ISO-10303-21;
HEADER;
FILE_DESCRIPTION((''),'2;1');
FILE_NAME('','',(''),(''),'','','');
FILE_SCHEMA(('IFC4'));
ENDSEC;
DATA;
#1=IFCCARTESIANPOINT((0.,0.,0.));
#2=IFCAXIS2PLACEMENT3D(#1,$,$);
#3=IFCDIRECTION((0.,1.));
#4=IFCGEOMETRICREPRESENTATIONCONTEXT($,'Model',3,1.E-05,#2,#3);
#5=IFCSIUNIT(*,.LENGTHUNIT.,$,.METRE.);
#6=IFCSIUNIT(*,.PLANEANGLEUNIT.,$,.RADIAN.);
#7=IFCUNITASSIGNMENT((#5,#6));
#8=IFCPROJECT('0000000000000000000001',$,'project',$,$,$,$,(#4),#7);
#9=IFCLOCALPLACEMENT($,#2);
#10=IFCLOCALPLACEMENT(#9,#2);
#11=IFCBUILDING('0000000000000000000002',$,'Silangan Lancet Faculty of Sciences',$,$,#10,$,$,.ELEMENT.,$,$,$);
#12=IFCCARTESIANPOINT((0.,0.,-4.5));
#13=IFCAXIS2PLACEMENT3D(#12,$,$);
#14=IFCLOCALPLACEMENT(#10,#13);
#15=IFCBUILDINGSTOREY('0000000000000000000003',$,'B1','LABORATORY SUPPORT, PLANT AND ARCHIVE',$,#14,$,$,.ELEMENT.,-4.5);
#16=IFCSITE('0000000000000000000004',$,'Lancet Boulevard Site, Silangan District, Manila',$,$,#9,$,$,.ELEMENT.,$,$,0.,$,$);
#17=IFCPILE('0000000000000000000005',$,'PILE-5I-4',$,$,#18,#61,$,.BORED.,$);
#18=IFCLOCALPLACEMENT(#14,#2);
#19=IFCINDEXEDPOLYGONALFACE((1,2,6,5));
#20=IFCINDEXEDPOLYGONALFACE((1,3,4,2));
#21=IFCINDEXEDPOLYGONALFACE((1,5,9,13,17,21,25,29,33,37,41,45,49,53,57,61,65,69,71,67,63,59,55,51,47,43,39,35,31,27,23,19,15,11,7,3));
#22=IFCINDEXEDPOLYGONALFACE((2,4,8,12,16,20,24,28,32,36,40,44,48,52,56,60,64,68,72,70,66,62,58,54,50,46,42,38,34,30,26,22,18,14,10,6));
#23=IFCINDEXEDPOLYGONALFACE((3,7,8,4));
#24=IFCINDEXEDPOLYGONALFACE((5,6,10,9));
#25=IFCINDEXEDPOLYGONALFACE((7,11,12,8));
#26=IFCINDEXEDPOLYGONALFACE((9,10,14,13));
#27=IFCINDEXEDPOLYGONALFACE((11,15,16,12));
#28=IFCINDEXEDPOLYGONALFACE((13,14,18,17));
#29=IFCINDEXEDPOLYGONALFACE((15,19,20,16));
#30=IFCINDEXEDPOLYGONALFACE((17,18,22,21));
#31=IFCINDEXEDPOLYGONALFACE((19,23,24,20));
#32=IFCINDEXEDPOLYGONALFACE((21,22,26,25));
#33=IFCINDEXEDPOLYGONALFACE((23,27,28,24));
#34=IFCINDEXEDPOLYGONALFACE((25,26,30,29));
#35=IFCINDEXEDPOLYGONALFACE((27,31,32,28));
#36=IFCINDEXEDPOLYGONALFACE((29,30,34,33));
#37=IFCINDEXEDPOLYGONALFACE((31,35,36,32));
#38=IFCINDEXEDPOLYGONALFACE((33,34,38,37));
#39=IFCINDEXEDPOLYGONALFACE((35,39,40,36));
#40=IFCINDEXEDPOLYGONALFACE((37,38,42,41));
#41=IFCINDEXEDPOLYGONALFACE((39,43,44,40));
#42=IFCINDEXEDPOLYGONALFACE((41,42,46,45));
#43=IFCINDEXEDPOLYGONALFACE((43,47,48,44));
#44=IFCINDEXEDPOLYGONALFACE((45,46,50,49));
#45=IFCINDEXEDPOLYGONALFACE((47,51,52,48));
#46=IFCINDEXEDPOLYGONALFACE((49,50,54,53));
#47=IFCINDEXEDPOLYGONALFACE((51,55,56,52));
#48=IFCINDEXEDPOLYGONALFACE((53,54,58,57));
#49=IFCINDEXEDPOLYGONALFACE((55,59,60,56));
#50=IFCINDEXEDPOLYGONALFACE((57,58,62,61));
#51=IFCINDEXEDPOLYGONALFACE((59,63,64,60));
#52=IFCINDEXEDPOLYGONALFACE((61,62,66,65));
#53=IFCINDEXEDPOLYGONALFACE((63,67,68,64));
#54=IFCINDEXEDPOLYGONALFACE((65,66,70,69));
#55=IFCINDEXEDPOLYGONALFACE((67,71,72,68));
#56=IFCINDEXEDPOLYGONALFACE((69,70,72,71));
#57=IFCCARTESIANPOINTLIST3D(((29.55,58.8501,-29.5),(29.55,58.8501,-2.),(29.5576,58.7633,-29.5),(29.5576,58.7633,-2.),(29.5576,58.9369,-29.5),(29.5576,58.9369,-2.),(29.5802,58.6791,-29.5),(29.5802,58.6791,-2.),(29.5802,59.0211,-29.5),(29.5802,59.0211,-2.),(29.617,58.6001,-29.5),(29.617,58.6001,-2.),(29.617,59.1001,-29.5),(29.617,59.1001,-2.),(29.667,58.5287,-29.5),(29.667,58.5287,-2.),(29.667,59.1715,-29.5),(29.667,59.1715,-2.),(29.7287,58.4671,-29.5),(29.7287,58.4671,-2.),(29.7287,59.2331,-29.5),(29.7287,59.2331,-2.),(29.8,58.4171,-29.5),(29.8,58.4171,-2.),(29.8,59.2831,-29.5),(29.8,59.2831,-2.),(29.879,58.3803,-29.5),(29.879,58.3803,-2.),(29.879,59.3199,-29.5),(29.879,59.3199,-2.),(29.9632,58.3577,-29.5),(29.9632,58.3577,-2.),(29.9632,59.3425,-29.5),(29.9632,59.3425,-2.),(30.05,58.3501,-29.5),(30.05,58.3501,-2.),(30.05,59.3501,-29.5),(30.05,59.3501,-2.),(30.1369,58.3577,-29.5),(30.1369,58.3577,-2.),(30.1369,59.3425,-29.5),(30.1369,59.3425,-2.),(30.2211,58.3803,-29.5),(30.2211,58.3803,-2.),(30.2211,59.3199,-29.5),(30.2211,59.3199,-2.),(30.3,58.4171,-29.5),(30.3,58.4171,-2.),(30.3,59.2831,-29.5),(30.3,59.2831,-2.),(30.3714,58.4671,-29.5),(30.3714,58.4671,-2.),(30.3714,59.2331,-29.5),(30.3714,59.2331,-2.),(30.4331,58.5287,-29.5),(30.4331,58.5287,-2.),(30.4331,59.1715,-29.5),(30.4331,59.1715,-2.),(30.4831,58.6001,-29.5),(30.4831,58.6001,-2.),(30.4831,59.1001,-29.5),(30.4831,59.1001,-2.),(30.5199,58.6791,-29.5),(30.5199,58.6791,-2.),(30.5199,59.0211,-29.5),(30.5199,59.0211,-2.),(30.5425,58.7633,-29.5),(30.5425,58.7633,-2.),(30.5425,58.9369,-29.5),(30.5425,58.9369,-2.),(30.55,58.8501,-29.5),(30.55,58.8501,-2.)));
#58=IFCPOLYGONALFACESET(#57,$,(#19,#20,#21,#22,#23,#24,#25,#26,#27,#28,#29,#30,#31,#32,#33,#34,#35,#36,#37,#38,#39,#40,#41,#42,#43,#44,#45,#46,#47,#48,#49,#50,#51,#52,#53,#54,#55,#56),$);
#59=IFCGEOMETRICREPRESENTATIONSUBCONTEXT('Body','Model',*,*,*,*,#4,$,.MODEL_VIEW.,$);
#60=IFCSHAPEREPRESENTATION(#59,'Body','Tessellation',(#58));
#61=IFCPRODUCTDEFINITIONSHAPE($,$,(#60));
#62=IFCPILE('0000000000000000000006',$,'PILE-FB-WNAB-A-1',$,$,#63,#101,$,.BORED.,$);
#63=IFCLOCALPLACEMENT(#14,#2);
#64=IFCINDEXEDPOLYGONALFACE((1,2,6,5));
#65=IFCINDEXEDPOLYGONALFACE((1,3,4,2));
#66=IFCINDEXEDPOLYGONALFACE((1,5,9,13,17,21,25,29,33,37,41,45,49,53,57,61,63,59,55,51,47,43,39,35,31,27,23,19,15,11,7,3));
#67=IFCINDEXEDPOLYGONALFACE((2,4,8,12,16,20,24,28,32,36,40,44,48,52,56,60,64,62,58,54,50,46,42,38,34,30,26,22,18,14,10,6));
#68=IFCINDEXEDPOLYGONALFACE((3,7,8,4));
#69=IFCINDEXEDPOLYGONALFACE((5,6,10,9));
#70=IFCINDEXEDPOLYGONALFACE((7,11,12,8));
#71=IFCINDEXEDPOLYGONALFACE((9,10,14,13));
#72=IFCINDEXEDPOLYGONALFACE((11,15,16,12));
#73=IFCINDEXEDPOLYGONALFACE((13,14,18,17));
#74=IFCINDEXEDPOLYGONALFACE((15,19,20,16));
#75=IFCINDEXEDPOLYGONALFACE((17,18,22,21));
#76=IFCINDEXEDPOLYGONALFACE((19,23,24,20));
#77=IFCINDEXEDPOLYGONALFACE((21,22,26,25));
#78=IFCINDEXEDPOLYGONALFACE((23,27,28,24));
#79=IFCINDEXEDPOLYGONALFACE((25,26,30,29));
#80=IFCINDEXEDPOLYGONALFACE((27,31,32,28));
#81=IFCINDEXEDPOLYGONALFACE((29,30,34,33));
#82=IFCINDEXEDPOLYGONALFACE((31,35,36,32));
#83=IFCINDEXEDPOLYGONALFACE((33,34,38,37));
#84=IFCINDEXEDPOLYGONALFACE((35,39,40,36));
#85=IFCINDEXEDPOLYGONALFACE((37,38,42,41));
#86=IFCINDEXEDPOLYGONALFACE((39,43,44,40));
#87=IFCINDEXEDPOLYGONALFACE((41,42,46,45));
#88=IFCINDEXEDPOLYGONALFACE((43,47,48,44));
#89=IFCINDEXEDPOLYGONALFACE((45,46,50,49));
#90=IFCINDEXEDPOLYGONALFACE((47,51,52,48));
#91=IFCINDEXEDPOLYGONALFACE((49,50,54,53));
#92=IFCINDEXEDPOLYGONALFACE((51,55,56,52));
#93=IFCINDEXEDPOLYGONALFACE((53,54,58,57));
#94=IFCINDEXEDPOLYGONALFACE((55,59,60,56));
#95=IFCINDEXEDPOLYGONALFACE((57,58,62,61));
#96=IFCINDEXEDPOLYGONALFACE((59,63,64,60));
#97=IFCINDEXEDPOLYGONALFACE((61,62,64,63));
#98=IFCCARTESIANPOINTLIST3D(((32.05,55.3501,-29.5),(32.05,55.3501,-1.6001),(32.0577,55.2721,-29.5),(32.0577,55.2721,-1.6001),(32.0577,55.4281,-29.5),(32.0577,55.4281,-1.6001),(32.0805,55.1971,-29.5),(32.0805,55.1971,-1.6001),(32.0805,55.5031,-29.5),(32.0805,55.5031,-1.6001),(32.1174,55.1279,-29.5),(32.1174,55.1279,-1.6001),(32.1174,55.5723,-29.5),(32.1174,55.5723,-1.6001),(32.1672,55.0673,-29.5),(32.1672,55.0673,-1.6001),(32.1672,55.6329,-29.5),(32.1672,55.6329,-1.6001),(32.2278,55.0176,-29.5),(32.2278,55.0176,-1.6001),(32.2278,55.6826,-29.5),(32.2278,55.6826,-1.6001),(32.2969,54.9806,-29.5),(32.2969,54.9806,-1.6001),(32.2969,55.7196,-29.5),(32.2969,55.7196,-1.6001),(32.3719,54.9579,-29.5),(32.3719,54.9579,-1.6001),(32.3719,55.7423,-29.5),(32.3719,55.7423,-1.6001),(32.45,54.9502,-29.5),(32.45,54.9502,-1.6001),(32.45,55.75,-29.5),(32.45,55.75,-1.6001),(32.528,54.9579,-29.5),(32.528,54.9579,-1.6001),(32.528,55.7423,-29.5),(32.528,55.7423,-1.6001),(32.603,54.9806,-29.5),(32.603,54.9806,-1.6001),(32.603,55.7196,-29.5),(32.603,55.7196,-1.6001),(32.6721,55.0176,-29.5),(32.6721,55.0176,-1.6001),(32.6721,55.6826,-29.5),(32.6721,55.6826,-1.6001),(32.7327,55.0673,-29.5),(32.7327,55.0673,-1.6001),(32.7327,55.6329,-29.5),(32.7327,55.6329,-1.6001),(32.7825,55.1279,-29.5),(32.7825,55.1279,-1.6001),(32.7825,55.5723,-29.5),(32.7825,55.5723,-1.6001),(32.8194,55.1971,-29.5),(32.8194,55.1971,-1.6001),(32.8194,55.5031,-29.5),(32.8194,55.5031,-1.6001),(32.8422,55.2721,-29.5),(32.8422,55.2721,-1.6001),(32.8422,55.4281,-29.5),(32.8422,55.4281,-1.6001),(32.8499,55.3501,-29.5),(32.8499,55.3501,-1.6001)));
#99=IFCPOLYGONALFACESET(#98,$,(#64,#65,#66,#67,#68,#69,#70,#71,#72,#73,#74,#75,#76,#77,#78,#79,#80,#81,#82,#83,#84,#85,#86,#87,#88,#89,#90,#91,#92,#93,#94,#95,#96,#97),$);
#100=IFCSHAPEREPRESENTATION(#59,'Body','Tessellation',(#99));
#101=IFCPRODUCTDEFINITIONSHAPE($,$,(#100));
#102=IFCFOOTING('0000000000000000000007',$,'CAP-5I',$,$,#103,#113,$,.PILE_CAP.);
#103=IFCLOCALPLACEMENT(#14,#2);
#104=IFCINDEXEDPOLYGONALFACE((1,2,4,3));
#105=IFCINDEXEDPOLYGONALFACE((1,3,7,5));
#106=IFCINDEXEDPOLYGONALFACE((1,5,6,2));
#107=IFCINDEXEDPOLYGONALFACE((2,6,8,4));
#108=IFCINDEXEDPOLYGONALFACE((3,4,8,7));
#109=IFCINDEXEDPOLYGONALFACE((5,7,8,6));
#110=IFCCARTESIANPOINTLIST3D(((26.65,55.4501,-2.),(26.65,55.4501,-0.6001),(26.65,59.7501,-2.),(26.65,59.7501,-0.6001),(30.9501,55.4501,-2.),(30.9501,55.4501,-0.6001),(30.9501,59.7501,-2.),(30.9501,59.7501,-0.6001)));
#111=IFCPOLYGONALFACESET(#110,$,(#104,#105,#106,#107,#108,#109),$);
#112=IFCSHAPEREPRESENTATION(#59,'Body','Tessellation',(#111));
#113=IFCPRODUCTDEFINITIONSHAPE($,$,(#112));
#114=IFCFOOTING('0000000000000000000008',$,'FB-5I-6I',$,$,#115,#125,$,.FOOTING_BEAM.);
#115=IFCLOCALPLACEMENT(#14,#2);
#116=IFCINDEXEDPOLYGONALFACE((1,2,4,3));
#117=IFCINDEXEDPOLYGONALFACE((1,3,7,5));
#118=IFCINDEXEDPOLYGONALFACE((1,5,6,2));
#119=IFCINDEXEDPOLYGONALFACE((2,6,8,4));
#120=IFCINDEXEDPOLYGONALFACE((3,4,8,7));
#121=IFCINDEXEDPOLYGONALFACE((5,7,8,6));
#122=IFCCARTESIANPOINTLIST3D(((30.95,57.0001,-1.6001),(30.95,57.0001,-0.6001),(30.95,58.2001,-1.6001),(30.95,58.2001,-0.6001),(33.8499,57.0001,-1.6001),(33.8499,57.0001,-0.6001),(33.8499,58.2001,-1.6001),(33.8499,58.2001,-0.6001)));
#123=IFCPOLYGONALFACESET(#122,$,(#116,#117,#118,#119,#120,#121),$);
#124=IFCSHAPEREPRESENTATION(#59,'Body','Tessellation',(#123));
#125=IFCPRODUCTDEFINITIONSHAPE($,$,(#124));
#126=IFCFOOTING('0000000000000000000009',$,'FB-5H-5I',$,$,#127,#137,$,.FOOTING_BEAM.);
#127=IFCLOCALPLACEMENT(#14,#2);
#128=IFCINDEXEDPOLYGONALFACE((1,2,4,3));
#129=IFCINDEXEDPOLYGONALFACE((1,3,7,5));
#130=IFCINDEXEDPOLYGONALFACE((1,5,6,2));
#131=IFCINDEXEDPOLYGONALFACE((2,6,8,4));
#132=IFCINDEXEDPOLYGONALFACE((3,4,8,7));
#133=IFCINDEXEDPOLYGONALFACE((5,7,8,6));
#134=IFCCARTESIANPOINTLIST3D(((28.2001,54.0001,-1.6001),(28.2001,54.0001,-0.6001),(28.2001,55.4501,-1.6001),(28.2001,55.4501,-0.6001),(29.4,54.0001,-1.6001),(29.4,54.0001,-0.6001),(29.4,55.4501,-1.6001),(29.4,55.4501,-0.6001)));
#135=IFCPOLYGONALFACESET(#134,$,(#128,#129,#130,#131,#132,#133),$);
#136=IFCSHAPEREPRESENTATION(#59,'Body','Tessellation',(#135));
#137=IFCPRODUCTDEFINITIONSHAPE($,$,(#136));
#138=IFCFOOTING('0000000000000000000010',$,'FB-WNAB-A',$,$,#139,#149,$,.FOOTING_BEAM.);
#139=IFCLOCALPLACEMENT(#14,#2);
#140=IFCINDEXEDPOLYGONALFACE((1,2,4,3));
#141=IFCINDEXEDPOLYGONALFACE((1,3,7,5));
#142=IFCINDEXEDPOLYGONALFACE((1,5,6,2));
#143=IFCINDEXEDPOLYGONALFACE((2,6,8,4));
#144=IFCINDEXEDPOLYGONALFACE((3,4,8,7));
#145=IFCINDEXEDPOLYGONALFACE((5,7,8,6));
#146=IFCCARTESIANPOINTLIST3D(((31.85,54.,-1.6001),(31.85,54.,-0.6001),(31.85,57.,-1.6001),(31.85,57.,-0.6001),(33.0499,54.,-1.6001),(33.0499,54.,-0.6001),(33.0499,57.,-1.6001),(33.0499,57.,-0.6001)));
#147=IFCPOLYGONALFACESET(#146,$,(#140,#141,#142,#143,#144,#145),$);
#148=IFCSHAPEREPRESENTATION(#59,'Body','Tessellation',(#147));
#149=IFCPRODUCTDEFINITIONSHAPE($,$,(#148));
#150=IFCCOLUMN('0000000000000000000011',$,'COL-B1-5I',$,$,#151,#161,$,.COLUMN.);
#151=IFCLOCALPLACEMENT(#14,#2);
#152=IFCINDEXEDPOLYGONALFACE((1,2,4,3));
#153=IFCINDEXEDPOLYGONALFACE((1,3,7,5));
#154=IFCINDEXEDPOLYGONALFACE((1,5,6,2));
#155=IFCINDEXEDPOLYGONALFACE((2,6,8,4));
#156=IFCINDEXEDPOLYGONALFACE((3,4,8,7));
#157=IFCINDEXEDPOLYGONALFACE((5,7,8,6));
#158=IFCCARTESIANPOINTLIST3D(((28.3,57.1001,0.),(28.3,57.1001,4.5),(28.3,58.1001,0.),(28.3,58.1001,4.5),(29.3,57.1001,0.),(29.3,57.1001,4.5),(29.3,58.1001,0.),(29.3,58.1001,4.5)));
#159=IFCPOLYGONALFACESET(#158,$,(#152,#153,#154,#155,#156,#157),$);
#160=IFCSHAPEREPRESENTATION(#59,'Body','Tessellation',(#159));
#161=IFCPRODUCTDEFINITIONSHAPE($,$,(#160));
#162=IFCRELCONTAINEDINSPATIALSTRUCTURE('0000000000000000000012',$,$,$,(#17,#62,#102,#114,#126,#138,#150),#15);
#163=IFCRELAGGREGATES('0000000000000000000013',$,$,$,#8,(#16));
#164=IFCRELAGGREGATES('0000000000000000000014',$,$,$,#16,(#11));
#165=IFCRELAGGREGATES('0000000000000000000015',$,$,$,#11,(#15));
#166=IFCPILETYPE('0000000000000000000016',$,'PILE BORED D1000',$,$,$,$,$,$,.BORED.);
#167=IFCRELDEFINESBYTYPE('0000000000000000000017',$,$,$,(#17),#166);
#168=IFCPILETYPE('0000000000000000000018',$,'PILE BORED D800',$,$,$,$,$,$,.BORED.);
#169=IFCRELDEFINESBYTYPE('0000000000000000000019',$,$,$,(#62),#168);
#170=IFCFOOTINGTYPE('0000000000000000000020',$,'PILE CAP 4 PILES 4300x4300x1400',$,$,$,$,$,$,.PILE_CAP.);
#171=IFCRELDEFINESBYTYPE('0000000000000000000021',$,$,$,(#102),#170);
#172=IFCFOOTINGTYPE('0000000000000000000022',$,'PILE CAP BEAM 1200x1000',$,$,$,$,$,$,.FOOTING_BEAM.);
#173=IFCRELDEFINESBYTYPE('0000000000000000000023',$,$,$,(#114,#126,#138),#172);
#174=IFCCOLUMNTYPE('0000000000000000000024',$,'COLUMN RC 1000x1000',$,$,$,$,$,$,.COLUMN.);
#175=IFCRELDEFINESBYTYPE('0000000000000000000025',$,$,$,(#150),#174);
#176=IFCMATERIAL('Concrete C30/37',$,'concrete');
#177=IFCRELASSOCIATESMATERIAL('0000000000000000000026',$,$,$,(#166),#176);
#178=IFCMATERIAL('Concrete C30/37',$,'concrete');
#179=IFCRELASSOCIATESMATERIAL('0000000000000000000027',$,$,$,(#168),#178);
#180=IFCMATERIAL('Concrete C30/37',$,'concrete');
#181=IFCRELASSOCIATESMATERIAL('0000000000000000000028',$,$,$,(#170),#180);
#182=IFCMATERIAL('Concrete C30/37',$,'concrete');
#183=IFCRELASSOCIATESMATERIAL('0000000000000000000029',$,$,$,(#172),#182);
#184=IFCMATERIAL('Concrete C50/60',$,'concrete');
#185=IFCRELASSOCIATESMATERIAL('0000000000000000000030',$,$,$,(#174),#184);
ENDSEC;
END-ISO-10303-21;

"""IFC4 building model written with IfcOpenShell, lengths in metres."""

from ifc_helpers import new_model, si_unit, direction, frame, origin, origin_2d, place, context, subcontext, project, spatial, rectangle, circle, extrude, material, material_profile, profile_set, type_object, element, save


model = new_model("IFC4")

# Units and contexts
model_context = context("Model", 3, precision=1e-05, world=origin(), true_north=direction((0.0, 1.0)))
body_context = subcontext(model_context, "Body", "Model", "MODEL_VIEW")
ifc_project = project(units=[si_unit("LENGTHUNIT", "METRE"), si_unit("PLANEANGLEUNIT", "RADIAN")], contexts=[model_context])

# Site, building, storey
site_placement = place(None, origin())
site = spatial("IfcSite", under=ifc_project, at=site_placement, Name="Lancet Boulevard Site, Silangan District, Manila", CompositionType="ELEMENT", RefElevation=0.0)
building_placement = place(site_placement, origin())
building = spatial("IfcBuilding", under=site, at=building_placement, Name="Silangan Lancet Faculty of Sciences", CompositionType="ELEMENT")
storey_placement = place(building_placement, frame((0.0, 0.0, -4.5)))
storey = spatial("IfcBuildingStorey", under=building, at=storey_placement, Name="B1", Description="LABORATORY SUPPORT, PLANT AND ARCHIVE", CompositionType="ELEMENT", Elevation=-4.5)

# Piles
ifc_material_1 = material(Name="Concrete C30/37", Category="concrete")
ifc_material_profile_1 = material_profile(ifc_material_1, circle(Radius=0.5, at=origin_2d()), Name="BORED PILE D1000")
ifc_profile_set_1 = profile_set([ifc_material_profile_1], Name="Concrete C30/37")
pile_type_1 = type_object("IfcPileType", Name="PILE BORED D1000", PredefinedType="BORED", material=ifc_profile_set_1)
for number, where, z_axis, x_axis, name in (
    (1, (30.05, 58.8501, -2.0), (0.0, 0.0, -1.0), (1.0, 0.0, 0.0), "PILE-5I-4"),
):
    element("IfcPile", number, at=place(storey_placement, frame(where, z_axis=z_axis, x_axis=x_axis)), inside=storey, type_object=pile_type_1, Name=name, PredefinedType="BORED", context=body_context, shape_type="SweptSolid", body=[
        extrude(circle(Radius=0.5, at=origin_2d()), origin(), (0.0, 0.0, 1.0), 27.5),
    ])
ifc_material_2 = material(Name="Concrete C30/37", Category="concrete")
ifc_material_profile_2 = material_profile(ifc_material_2, circle(Radius=0.3999, at=origin_2d()), Name="BORED PILE D800")
ifc_profile_set_2 = profile_set([ifc_material_profile_2], Name="Concrete C30/37")
pile_type_2 = type_object("IfcPileType", Name="PILE BORED D800", PredefinedType="BORED", material=ifc_profile_set_2)
pile_placement = place(storey_placement, frame((32.45, 55.3501, -1.6001), z_axis=(0.0, 0.0, -1.0), x_axis=(1.0, 0.0, 0.0)))
element("IfcPile", 2, at=pile_placement, inside=storey, type_object=pile_type_2, Name="PILE-FB-WNAB-A-1", PredefinedType="BORED", context=body_context, shape_type="SweptSolid", body=[
    extrude(circle(Radius=0.3999, at=origin_2d()), origin(), (0.0, 0.0, 1.0), 27.8999),
])

# Footings
ifc_material_3 = material(Name="Concrete C30/37", Category="concrete")
footing_type_1 = type_object("IfcFootingType", Name="PILE CAP 4 PILES 4300x4300x1400", PredefinedType="PILE_CAP", material=ifc_material_3)
footing_1_placement = place(storey_placement, frame((28.8, 57.6001, -2.0), z_axis=(0.0, 0.0, 1.0), x_axis=(1.0, 0.0, 0.0)))
element("IfcFooting", 3, at=footing_1_placement, inside=storey, type_object=footing_type_1, Name="CAP-5I", PredefinedType="PILE_CAP", context=body_context, shape_type="SweptSolid", body=[
    extrude(rectangle(XDim=4.3, YDim=4.3, at=origin_2d()), origin(), (0.0, 0.0, 1.0), 1.3999),
])
ifc_material_4 = material(Name="Concrete C30/37", Category="concrete")
footing_type_2 = type_object("IfcFootingType", Name="PILE CAP BEAM 1200x1000", PredefinedType="FOOTING_BEAM", material=ifc_material_4)
footing_2_placement = place(storey_placement, frame((32.3999, 57.6001, -1.6001), z_axis=(0.0, 0.0, 1.0), x_axis=(1.0, 0.0, 0.0)))
element("IfcFooting", 4, at=footing_2_placement, inside=storey, type_object=footing_type_2, Name="FB-5I-6I", PredefinedType="FOOTING_BEAM", context=body_context, shape_type="SweptSolid", body=[
    extrude(rectangle(XDim=2.8999, YDim=1.2, at=origin_2d()), origin(), (0.0, 0.0, 1.0), 1.0),
])
footing_3_placement = place(storey_placement, frame((28.8, 54.7251, -1.6001), z_axis=(0.0, 0.0, 1.0), x_axis=(0.0, 1.0, 0.0)))
element("IfcFooting", 5, at=footing_3_placement, inside=storey, type_object=footing_type_2, Name="FB-5H-5I", PredefinedType="FOOTING_BEAM", context=body_context, shape_type="SweptSolid", body=[
    extrude(rectangle(XDim=1.45, YDim=1.2, at=origin_2d()), origin(), (0.0, 0.0, 1.0), 1.0),
])
footing_4_placement = place(storey_placement, frame((32.45, 55.5, -1.6001), z_axis=(0.0, 0.0, 1.0), x_axis=(0.0, 1.0, 0.0)))
element("IfcFooting", 6, at=footing_4_placement, inside=storey, type_object=footing_type_2, Name="FB-WNAB-A", PredefinedType="FOOTING_BEAM", context=body_context, shape_type="SweptSolid", body=[
    extrude(rectangle(XDim=3.0, YDim=1.2, at=origin_2d()), origin(), (0.0, 0.0, 1.0), 1.0),
])

# Column
ifc_material_5 = material(Name="Concrete C50/60", Category="concrete")
ifc_material_profile_3 = material_profile(ifc_material_5, rectangle(XDim=1.0, YDim=1.0, at=origin_2d()), Name="RC 1000x1000")
ifc_profile_set_3 = profile_set([ifc_material_profile_3], Name="Concrete C50/60")
column_type = type_object("IfcColumnType", Name="COLUMN RC 1000x1000", PredefinedType="COLUMN", material=ifc_profile_set_3)
column_placement = place(storey_placement, frame((28.8, 57.6001, 0.0), z_axis=(0.0, 0.0, 1.0), x_axis=(1.0, 0.0, 0.0)))
element("IfcColumn", 7, at=column_placement, inside=storey, type_object=column_type, Name="COL-B1-5I", PredefinedType="COLUMN", context=body_context, shape_type="SweptSolid", body=[
    extrude(rectangle(XDim=1.0, YDim=1.0, at=origin_2d()), origin(), (0.0, 0.0, 1.0), 4.5),
])

save(model, "model.ifc")
